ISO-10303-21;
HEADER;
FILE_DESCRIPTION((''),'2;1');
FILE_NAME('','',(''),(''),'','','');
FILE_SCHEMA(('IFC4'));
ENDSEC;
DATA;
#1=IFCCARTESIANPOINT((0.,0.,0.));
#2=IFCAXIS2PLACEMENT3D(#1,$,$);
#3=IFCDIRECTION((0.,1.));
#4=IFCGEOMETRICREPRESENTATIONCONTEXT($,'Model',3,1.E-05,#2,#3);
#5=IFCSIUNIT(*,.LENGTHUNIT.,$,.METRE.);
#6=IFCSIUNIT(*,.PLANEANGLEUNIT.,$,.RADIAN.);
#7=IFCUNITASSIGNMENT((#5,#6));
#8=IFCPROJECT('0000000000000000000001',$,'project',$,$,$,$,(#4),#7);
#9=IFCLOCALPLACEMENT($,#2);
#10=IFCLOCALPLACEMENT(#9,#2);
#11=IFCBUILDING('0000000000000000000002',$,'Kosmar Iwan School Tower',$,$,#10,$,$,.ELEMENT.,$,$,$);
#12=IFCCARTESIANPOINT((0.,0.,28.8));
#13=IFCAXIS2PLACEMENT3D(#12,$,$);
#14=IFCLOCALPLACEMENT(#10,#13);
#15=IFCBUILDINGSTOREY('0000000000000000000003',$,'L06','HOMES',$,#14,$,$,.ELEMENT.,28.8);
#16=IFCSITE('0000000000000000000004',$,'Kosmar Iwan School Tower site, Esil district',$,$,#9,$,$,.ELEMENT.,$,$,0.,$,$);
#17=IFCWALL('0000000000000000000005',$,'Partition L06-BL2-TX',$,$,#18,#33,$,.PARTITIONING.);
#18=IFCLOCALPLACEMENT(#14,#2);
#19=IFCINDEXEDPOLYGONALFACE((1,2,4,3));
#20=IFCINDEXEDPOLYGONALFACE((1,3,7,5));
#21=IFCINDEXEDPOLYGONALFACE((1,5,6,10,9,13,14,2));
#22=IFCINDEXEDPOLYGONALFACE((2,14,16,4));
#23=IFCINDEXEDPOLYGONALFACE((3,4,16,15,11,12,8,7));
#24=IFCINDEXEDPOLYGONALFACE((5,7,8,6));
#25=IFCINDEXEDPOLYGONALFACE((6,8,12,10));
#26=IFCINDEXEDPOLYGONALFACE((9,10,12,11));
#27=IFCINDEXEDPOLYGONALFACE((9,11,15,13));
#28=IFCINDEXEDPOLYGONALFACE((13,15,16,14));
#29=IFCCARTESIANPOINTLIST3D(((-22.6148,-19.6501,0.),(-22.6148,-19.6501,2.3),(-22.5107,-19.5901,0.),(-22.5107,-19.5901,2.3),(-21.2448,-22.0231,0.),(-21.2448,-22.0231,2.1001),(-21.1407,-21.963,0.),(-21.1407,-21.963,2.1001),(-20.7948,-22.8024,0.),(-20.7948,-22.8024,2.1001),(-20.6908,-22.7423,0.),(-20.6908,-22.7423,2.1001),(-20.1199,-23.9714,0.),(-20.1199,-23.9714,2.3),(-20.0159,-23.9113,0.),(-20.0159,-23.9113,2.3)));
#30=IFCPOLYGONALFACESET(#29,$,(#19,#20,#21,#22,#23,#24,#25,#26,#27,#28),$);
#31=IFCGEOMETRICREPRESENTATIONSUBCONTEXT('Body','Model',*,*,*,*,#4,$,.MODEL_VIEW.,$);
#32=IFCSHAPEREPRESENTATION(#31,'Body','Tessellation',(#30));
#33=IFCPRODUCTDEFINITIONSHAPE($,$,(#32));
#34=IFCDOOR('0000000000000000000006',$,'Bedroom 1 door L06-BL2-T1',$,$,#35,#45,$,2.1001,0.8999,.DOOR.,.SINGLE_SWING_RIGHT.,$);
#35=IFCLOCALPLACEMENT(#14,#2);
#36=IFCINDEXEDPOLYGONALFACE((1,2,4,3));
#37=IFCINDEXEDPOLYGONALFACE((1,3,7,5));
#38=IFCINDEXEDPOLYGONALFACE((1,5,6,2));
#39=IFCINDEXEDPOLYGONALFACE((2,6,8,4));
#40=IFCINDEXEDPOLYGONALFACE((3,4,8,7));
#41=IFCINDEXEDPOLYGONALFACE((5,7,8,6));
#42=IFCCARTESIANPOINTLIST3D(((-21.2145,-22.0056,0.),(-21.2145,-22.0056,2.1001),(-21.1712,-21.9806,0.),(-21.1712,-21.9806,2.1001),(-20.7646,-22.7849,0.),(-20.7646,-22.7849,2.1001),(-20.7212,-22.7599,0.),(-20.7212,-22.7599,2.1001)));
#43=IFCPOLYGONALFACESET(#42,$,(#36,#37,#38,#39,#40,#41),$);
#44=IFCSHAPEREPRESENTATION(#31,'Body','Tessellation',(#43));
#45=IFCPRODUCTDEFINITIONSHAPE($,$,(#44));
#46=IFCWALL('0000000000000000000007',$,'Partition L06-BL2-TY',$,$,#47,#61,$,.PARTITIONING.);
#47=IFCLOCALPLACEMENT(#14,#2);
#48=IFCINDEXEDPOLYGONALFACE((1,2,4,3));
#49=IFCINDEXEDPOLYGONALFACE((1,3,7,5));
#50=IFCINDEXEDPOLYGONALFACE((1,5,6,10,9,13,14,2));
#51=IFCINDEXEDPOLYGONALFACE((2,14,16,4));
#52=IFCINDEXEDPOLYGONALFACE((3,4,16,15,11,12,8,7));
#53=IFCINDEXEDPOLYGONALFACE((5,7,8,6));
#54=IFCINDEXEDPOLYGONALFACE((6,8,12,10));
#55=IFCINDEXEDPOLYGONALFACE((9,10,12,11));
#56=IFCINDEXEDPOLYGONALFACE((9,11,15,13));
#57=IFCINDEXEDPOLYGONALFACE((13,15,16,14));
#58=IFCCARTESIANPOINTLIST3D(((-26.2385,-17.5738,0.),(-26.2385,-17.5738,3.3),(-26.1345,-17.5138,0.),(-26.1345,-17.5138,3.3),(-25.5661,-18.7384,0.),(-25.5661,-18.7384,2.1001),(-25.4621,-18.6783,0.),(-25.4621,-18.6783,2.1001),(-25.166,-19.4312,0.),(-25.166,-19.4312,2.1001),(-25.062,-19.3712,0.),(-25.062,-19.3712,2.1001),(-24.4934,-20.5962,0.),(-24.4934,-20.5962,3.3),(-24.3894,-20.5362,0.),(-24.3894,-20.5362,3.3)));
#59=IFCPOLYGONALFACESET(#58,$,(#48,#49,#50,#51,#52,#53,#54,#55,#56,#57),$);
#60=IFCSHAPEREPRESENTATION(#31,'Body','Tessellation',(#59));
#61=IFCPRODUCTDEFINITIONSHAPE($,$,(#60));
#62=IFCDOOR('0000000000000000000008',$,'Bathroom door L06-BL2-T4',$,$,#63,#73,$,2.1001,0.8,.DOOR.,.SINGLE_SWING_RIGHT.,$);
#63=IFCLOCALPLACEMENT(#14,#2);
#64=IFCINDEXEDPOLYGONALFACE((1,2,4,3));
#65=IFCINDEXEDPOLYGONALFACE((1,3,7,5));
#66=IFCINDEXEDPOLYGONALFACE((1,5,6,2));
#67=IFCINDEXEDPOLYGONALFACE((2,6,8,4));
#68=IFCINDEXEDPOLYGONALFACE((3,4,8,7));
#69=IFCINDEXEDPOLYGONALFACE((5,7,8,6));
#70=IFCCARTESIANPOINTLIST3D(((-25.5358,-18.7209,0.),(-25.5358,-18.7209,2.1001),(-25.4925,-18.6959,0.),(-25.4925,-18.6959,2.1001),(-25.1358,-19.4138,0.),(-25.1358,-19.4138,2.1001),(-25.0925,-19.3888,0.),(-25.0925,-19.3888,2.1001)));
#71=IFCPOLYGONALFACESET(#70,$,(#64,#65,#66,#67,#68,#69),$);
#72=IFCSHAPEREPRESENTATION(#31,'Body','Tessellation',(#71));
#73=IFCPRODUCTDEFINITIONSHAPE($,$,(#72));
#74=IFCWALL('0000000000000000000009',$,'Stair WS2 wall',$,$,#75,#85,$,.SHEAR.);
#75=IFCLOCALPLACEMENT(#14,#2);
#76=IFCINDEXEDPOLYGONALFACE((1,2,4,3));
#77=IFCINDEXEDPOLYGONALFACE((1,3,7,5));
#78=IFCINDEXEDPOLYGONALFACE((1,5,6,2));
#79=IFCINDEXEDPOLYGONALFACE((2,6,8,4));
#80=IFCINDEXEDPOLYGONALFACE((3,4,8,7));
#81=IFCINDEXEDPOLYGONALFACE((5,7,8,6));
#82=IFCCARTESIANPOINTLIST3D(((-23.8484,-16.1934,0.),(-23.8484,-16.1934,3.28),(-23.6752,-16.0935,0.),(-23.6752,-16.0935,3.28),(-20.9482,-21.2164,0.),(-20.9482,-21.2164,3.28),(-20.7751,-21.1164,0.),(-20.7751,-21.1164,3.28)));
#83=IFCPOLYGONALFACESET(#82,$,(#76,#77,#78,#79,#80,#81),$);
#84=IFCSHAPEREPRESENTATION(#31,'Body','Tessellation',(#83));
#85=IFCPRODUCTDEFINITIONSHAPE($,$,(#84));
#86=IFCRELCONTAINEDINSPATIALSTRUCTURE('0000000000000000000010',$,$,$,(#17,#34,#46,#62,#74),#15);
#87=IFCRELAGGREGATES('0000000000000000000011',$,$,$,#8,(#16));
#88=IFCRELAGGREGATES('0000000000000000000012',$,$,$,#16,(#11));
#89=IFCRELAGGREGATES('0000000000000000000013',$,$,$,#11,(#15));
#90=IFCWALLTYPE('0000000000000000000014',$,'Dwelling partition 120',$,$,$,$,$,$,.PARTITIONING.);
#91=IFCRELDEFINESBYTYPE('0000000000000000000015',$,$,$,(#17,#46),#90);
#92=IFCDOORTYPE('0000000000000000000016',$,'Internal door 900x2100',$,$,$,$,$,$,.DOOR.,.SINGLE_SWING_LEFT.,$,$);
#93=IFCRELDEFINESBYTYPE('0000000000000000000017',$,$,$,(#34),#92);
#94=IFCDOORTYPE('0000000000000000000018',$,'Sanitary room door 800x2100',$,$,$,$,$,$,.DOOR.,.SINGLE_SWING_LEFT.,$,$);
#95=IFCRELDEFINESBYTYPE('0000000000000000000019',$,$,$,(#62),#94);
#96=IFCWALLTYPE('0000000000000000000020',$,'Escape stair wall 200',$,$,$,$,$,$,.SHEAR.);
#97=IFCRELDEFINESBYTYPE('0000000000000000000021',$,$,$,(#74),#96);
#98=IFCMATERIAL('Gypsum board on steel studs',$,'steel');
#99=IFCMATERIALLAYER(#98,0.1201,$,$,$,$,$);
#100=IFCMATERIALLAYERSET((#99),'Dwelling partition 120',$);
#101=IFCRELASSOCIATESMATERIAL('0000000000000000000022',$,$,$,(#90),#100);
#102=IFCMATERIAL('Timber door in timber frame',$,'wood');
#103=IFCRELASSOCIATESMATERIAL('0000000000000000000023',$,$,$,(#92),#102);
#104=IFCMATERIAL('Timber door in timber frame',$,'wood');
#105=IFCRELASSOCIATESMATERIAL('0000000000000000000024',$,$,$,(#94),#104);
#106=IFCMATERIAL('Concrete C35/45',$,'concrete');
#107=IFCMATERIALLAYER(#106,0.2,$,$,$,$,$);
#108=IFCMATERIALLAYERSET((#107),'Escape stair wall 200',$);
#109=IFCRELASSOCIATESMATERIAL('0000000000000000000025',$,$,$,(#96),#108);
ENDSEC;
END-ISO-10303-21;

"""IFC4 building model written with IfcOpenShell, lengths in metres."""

from ifc_helpers import new_model, si_unit, direction, frame, frame_2d, origin, place, context, subcontext, project, spatial, rectangle, extrude, material, layer, layer_set, type_object, element, fill, save


model = new_model("IFC4")

# Units and contexts
model_context = context("Model", 3, precision=1e-05, world=origin(), true_north=direction((0.0, 1.0)))
body_context = subcontext(model_context, "Body", "Model", "MODEL_VIEW")
ifc_project = project(units=[si_unit("LENGTHUNIT", "METRE"), si_unit("PLANEANGLEUNIT", "RADIAN")], contexts=[model_context])

# Site, building, storey
site_placement = place(None, origin())
site = spatial("IfcSite", under=ifc_project, at=site_placement, Name="Kosmar Iwan School Tower site, Esil district", CompositionType="ELEMENT", RefElevation=0.0)
building_placement = place(site_placement, origin())
building = spatial("IfcBuilding", under=site, at=building_placement, Name="Kosmar Iwan School Tower", CompositionType="ELEMENT")
storey_placement = place(building_placement, frame((0.0, 0.0, 28.8)))
storey = spatial("IfcBuildingStorey", under=building, at=storey_placement, Name="L06", Description="HOMES", CompositionType="ELEMENT", Elevation=28.8)

# Walls, openings, doors
ifc_material_1 = material(Name="Gypsum board on steel studs", Category="steel")
ifc_layer_1 = layer(ifc_material_1, 0.1201)
ifc_layer_set_1 = layer_set([ifc_layer_1], Name="Dwelling partition 120")
wall_type_1 = type_object("IfcWallType", Name="Dwelling partition 120", PredefinedType="PARTITIONING", material=ifc_layer_set_1)
wall_1_placement = place(storey_placement, frame((-22.5627, -19.6201, 0.0), z_axis=(0.0, 0.0, 1.0), x_axis=(0.499996, -0.866028, 0.0)))
wall_1 = element("IfcWall", 1, at=wall_1_placement, inside=storey, type_object=wall_type_1, Name="Partition L06-BL2-TX", PredefinedType="PARTITIONING", context=body_context, shape_type="SweptSolid", body=[
    extrude(rectangle(XDim=4.9897, YDim=0.1201, at=frame_2d((2.4949, 0.0))), origin(), (0.0, 0.0, 1.0), 2.3),
])
opening_1_placement = place(wall_1_placement, frame((2.74, 0.0, 0.0)))
opening_1 = element("IfcOpeningElement", 2, at=opening_1_placement, cuts=wall_1, PredefinedType="OPENING", context=body_context, shape_type="SweptSolid", body=[
    extrude(rectangle(XDim=0.8999, YDim=2.1001, at=frame_2d((0.45, 1.05))), frame((0.0, 0.072, 0.0), z_axis=(0.0, -1.0, 0.0), x_axis=(1.0, 0.0, 0.0)), (0.0, 0.0, 1.0), 0.144),
])
ifc_material_2 = material(Name="Timber door in timber frame", Category="wood")
door_type_1 = type_object("IfcDoorType", Name="Internal door 900x2100", OperationType="SINGLE_SWING_LEFT", PredefinedType="DOOR", material=ifc_material_2)
door_1_placement = place(opening_1_placement, origin())
door_1 = element("IfcDoor", 3, at=door_1_placement, inside=storey, type_object=door_type_1, Name="Bedroom 1 door L06-BL2-T1", OperationType="SINGLE_SWING_RIGHT", OverallHeight=2.1001, OverallWidth=0.8999, PredefinedType="DOOR", context=body_context, shape_type="SweptSolid", body=[
    extrude(rectangle(XDim=0.8999, YDim=2.1001, at=frame_2d((0.45, 1.05))), frame((0.0, 0.0249, 0.0), z_axis=(0.0, -1.0, 0.0), x_axis=(1.0, 0.0, 0.0)), (0.0, 0.0, 1.0), 0.05),
])
fill(opening_1, door_1)
wall_2_placement = place(storey_placement, frame((-26.1865, -17.5437, 0.0), z_axis=(0.0, 0.0, 1.0), x_axis=(0.500021, -0.866013, 0.0)))
wall_2 = element("IfcWall", 4, at=wall_2_placement, inside=storey, type_object=wall_type_1, Name="Partition L06-BL2-TY", PredefinedType="PARTITIONING", context=body_context, shape_type="SweptSolid", body=[
    extrude(rectangle(XDim=3.49, YDim=0.1201, at=frame_2d((1.7451, 0.0))), origin(), (0.0, 0.0, 1.0), 3.3),
])
opening_2_placement = place(wall_2_placement, frame((1.345, 0.0, 0.0)))
opening_2 = element("IfcOpeningElement", 5, at=opening_2_placement, cuts=wall_2, PredefinedType="OPENING", context=body_context, shape_type="SweptSolid", body=[
    extrude(rectangle(XDim=0.8, YDim=2.1001, at=frame_2d((0.3999, 1.05))), frame((0.0, 0.072, 0.0), z_axis=(0.0, -1.0, 0.0), x_axis=(1.0, 0.0, 0.0)), (0.0, 0.0, 1.0), 0.144),
])
ifc_material_3 = material(Name="Timber door in timber frame", Category="wood")
door_type_2 = type_object("IfcDoorType", Name="Sanitary room door 800x2100", OperationType="SINGLE_SWING_LEFT", PredefinedType="DOOR", material=ifc_material_3)
door_2_placement = place(opening_2_placement, origin())
door_2 = element("IfcDoor", 6, at=door_2_placement, inside=storey, type_object=door_type_2, Name="Bathroom door L06-BL2-T4", OperationType="SINGLE_SWING_RIGHT", OverallHeight=2.1001, OverallWidth=0.8, PredefinedType="DOOR", context=body_context, shape_type="SweptSolid", body=[
    extrude(rectangle(XDim=0.8, YDim=2.1001, at=frame_2d((0.3999, 1.05))), frame((0.0, 0.0249, 0.0), z_axis=(0.0, -1.0, 0.0), x_axis=(1.0, 0.0, 0.0)), (0.0, 0.0, 1.0), 0.05),
])
fill(opening_2, door_2)

# Wall
ifc_material_4 = material(Name="Concrete C35/45", Category="concrete")
ifc_layer_2 = layer(ifc_material_4, 0.2)
ifc_layer_set_2 = layer_set([ifc_layer_2], Name="Escape stair wall 200")
wall_type_2 = type_object("IfcWallType", Name="Escape stair wall 200", PredefinedType="SHEAR", material=ifc_layer_set_2)
wall_3_placement = place(storey_placement, frame((-23.7617, -16.1436, 0.0), z_axis=(0.0, 0.0, 1.0), x_axis=(0.500019, -0.866015, 0.0)))
element("IfcWall", 7, at=wall_3_placement, inside=storey, type_object=wall_type_2, Name="Stair WS2 wall", PredefinedType="SHEAR", context=body_context, shape_type="SweptSolid", body=[
    extrude(rectangle(XDim=5.8, YDim=0.2, at=frame_2d((2.8999, 0.0))), origin(), (0.0, 0.0, 1.0), 3.28),
])

save(model, "model.ifc")
